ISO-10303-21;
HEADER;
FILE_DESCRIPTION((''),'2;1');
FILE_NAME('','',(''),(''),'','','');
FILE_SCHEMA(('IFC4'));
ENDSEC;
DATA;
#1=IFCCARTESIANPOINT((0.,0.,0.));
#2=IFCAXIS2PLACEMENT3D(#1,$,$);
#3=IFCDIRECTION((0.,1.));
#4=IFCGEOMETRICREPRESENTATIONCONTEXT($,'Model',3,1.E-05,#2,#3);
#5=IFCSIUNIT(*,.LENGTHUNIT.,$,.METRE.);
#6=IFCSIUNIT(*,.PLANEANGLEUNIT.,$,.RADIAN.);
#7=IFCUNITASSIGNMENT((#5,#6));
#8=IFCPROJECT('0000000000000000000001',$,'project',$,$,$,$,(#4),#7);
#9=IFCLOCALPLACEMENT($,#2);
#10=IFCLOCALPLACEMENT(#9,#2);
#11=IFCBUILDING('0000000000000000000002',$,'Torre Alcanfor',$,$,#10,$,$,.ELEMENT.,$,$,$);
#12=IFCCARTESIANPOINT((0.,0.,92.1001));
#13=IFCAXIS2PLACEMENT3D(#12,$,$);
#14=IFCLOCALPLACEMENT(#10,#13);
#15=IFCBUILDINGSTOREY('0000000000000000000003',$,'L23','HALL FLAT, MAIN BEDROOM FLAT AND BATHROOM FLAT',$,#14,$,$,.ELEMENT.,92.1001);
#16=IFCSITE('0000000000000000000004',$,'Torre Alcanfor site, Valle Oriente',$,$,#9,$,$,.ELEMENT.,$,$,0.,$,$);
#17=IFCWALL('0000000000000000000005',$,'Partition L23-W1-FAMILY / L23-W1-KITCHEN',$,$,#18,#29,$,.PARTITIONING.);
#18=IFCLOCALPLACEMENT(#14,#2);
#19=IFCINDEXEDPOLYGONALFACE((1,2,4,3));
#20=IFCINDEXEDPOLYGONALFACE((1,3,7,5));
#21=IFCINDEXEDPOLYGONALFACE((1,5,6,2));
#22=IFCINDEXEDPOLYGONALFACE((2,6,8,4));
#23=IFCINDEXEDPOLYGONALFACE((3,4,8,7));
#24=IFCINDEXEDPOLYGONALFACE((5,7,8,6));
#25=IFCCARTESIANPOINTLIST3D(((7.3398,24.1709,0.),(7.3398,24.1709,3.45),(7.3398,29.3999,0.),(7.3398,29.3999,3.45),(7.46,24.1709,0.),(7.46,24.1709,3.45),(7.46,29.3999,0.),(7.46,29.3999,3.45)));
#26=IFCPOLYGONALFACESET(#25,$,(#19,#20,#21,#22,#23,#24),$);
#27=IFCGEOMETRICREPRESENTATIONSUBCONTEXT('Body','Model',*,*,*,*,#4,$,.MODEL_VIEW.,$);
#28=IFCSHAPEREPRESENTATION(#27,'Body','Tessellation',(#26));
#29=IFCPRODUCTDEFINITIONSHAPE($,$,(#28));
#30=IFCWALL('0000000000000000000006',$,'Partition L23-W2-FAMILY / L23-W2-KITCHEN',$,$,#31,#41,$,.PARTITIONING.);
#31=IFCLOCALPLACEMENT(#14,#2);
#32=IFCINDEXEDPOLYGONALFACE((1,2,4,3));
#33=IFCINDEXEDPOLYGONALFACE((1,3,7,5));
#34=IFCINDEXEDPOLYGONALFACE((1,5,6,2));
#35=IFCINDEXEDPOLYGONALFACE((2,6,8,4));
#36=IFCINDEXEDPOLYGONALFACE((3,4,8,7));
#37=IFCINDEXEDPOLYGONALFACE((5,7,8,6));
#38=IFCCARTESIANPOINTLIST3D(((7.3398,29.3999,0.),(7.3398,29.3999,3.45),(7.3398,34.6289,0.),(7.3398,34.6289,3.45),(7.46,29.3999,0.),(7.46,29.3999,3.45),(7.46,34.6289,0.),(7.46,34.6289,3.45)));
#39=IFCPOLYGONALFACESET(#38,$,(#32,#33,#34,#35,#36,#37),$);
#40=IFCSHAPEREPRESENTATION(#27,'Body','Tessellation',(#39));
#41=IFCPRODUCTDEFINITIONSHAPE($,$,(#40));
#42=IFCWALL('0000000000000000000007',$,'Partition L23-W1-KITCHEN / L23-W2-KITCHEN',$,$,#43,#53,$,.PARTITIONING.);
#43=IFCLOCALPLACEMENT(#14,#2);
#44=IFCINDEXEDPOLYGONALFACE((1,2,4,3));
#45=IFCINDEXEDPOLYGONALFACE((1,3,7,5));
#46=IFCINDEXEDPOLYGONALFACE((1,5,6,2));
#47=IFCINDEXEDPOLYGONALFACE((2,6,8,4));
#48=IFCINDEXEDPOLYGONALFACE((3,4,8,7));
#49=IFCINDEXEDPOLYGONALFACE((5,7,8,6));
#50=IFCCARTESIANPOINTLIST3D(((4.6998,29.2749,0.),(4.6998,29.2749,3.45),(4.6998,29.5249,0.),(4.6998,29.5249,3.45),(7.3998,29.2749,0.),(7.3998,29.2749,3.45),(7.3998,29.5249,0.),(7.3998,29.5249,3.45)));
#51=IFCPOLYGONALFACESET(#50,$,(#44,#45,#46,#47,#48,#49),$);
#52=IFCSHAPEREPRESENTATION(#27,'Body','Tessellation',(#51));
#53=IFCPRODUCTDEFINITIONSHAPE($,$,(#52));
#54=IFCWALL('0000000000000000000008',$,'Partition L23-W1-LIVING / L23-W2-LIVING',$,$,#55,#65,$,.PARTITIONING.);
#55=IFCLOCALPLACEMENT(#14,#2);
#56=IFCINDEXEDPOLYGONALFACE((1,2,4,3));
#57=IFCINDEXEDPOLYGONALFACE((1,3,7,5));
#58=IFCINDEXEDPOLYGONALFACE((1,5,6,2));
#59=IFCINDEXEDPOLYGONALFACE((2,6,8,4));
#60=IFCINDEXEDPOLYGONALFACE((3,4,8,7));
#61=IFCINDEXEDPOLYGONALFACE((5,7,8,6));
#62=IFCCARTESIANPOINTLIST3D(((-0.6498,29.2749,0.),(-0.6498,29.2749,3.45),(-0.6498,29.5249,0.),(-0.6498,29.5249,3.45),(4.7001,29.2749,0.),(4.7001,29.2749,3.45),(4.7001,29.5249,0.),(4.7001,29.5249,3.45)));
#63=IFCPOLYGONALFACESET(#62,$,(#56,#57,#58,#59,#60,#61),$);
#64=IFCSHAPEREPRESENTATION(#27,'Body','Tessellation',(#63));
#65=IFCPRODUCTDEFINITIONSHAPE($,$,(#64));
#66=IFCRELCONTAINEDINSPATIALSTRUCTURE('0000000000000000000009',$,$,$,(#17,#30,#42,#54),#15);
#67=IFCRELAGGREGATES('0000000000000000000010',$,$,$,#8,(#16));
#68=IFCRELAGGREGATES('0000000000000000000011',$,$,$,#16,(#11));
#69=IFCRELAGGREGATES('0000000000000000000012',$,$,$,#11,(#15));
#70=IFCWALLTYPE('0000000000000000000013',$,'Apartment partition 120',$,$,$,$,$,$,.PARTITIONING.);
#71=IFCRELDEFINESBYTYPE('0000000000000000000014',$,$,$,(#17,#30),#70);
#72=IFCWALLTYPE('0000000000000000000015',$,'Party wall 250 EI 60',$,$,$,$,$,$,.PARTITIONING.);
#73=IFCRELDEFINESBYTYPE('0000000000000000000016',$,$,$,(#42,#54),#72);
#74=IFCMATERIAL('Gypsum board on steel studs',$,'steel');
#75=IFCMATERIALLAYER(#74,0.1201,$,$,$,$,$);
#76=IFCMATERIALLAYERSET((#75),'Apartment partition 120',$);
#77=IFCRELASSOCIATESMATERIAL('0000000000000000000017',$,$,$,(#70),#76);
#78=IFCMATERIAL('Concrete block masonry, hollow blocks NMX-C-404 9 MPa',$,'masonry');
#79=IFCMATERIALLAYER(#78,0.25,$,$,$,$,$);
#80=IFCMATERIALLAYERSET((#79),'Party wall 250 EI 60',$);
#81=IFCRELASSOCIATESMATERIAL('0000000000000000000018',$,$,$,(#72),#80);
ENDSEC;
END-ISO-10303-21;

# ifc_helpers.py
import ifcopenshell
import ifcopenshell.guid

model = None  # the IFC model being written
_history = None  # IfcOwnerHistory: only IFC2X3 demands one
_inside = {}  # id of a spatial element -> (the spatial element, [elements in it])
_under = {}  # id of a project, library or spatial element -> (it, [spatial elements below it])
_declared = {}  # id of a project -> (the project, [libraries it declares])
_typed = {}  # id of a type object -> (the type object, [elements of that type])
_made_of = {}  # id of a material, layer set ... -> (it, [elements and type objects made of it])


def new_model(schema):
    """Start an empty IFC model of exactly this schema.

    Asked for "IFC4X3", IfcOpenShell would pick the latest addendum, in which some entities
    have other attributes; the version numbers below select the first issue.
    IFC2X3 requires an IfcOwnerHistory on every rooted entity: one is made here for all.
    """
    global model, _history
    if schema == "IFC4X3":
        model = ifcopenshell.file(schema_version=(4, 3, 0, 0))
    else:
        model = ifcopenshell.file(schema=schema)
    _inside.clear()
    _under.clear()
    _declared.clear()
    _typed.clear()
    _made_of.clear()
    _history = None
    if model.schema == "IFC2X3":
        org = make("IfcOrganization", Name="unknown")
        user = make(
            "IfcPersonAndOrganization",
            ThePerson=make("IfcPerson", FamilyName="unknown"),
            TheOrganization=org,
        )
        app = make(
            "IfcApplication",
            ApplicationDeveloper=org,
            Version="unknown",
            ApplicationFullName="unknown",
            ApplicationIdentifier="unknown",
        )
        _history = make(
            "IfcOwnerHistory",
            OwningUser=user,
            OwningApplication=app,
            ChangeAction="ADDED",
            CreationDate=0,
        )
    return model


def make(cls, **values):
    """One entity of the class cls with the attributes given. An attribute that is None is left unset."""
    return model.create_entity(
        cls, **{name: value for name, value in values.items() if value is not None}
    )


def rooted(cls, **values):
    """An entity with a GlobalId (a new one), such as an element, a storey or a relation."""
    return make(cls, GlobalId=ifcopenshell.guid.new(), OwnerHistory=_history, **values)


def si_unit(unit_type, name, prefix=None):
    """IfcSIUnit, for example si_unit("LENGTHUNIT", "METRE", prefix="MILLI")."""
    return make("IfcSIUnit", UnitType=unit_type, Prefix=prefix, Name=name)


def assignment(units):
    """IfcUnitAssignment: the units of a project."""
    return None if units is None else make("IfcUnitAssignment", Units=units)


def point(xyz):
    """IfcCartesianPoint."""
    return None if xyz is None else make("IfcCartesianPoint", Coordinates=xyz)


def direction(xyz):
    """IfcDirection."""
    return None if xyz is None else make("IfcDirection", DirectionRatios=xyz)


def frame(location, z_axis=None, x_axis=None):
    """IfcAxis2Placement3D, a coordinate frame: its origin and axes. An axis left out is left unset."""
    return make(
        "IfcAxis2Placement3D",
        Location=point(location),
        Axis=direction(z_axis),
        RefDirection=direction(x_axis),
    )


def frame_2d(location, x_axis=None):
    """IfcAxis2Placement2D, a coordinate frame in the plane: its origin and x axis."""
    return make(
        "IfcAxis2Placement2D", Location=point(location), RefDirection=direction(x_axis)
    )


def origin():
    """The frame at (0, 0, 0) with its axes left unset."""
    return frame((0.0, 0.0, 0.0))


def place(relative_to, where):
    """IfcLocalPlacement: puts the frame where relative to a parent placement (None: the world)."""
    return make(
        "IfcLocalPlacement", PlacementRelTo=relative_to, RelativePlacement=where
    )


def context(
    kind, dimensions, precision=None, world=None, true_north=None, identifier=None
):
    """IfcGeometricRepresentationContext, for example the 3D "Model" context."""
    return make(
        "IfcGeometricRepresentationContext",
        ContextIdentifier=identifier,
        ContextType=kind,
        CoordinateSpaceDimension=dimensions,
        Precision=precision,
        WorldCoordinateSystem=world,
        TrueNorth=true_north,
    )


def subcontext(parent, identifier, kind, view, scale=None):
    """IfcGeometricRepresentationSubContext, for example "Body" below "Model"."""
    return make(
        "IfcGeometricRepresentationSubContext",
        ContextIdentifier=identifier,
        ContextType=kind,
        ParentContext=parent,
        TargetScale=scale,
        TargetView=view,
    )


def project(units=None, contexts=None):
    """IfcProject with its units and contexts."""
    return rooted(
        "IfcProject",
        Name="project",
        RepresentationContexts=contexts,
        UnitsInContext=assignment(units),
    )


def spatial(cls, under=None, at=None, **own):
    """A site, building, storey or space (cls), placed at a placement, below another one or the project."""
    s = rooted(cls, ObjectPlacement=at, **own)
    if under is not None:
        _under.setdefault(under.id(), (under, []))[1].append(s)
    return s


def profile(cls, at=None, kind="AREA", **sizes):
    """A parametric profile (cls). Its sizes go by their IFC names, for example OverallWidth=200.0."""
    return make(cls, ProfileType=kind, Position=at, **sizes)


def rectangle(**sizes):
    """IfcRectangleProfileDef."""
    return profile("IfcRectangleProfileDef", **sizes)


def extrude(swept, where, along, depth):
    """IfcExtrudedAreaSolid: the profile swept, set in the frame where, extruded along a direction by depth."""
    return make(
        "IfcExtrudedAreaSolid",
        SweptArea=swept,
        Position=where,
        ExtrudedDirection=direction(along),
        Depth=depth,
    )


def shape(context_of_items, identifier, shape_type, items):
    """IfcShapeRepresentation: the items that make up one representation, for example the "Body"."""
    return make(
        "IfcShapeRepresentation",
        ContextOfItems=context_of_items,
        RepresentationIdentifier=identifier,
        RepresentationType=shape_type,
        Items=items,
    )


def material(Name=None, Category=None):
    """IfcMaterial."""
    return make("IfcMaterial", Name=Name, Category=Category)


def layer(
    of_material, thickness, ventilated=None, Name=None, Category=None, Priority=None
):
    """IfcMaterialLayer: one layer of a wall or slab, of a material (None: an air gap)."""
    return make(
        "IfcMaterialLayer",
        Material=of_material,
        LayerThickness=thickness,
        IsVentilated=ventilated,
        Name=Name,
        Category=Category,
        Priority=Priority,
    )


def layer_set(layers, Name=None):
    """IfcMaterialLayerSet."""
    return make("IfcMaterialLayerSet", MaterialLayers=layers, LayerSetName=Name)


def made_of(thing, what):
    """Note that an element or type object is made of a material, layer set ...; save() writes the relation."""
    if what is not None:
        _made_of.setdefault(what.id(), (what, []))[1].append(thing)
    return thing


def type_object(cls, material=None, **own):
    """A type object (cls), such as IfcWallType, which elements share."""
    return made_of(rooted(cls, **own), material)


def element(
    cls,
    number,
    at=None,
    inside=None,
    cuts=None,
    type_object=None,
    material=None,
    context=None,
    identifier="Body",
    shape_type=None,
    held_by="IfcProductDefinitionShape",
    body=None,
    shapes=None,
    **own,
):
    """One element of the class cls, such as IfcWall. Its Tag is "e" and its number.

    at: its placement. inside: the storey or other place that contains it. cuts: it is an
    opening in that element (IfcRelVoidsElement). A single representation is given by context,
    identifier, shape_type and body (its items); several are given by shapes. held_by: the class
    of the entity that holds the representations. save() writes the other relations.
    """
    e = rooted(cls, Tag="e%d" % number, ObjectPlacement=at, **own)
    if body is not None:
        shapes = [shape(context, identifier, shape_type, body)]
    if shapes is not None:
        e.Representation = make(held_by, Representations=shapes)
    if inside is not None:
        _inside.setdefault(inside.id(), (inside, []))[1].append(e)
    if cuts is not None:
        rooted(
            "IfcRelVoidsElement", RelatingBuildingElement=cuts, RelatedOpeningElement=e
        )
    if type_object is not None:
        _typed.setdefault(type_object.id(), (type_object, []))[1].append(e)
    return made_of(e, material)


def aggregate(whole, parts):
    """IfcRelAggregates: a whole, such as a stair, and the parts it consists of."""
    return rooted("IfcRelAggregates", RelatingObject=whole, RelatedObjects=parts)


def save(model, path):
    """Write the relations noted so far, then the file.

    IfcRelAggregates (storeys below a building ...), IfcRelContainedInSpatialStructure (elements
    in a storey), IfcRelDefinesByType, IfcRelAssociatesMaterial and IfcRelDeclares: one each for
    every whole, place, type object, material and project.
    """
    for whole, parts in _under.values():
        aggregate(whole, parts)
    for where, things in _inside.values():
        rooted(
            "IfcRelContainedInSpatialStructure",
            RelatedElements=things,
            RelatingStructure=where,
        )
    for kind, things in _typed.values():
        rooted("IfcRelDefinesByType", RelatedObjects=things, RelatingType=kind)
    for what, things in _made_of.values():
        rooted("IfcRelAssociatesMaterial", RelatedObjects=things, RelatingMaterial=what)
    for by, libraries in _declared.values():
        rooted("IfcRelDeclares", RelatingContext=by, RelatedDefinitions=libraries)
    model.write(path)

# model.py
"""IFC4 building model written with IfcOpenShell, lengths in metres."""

from ifc_helpers import new_model, si_unit, direction, frame, frame_2d, origin, place, context, subcontext, project, spatial, rectangle, extrude, material, layer, layer_set, type_object, element, save


model = new_model("IFC4")

# Units and contexts
model_context = context("Model", 3, precision=1e-05, world=origin(), true_north=direction((0.0, 1.0)))
body_context = subcontext(model_context, "Body", "Model", "MODEL_VIEW")
ifc_project = project(units=[si_unit("LENGTHUNIT", "METRE"), si_unit("PLANEANGLEUNIT", "RADIAN")], contexts=[model_context])

# Site, building, storey
site_placement = place(None, origin())
site = spatial("IfcSite", under=ifc_project, at=site_placement, Name="Torre Alcanfor site, Valle Oriente", CompositionType="ELEMENT", RefElevation=0.0)
building_placement = place(site_placement, origin())
building = spatial("IfcBuilding", under=site, at=building_placement, Name="Torre Alcanfor", CompositionType="ELEMENT")
storey_placement = place(building_placement, frame((0.0, 0.0, 92.1001)))
storey = spatial("IfcBuildingStorey", under=building, at=storey_placement, Name="L23", Description="HALL FLAT, MAIN BEDROOM FLAT AND BATHROOM FLAT", CompositionType="ELEMENT", Elevation=92.1001)

# Walls
ifc_material_1 = material(Name="Gypsum board on steel studs", Category="steel")
ifc_layer_1 = layer(ifc_material_1, 0.1201)
ifc_layer_set_1 = layer_set([ifc_layer_1], Name="Apartment partition 120")
wall_type_1 = type_object("IfcWallType", Name="Apartment partition 120", PredefinedType="PARTITIONING", material=ifc_layer_set_1)
for number, where, z_axis, x_axis, name in (
    (1, (7.3999, 29.3999, 0.0), (0.0, 0.0, 1.0), (0.0, -1.0, 0.0), "Partition L23-W1-FAMILY / L23-W1-KITCHEN"),
    (2, (7.3999, 29.3999, 0.0), (0.0, 0.0, 1.0), (0.0, 1.0, 0.0), "Partition L23-W2-FAMILY / L23-W2-KITCHEN"),
):
    element("IfcWall", number, at=place(storey_placement, frame(where, z_axis=z_axis, x_axis=x_axis)), inside=storey, type_object=wall_type_1, Name=name, PredefinedType="PARTITIONING", context=body_context, shape_type="SweptSolid", body=[
        extrude(rectangle(XDim=5.229, YDim=0.1201, at=frame_2d((2.6145, 0.0))), origin(), (0.0, 0.0, 1.0), 3.45),
    ])
ifc_material_2 = material(Name="Concrete block masonry, hollow blocks NMX-C-404 9 MPa", Category="masonry")
ifc_layer_2 = layer(ifc_material_2, 0.25)
ifc_layer_set_2 = layer_set([ifc_layer_2], Name="Party wall 250 EI 60")
wall_type_2 = type_object("IfcWallType", Name="Party wall 250 EI 60", PredefinedType="PARTITIONING", material=ifc_layer_set_2)
wall_1_placement = place(storey_placement, frame((7.3999, 29.3999, 0.0), z_axis=(0.0, 0.0, 1.0), x_axis=(-1.0, 0.0, 0.0)))
element("IfcWall", 3, at=wall_1_placement, inside=storey, type_object=wall_type_2, Name="Partition L23-W1-KITCHEN / L23-W2-KITCHEN", PredefinedType="PARTITIONING", context=body_context, shape_type="SweptSolid", body=[
    extrude(rectangle(XDim=2.7, YDim=0.25, at=frame_2d((1.3501, 0.0))), origin(), (0.0, 0.0, 1.0), 3.45),
])
wall_2_placement = place(storey_placement, frame((4.7, 29.3999, 0.0), z_axis=(0.0, 0.0, 1.0), x_axis=(-1.0, 0.0, 0.0)))
element("IfcWall", 4, at=wall_2_placement, inside=storey, type_object=wall_type_2, Name="Partition L23-W1-LIVING / L23-W2-LIVING", PredefinedType="PARTITIONING", context=body_context, shape_type="SweptSolid", body=[
    extrude(rectangle(XDim=5.3499, YDim=0.25, at=frame_2d((2.6748, 0.0))), origin(), (0.0, 0.0, 1.0), 3.45),
])

save(model, "model.ifc")
